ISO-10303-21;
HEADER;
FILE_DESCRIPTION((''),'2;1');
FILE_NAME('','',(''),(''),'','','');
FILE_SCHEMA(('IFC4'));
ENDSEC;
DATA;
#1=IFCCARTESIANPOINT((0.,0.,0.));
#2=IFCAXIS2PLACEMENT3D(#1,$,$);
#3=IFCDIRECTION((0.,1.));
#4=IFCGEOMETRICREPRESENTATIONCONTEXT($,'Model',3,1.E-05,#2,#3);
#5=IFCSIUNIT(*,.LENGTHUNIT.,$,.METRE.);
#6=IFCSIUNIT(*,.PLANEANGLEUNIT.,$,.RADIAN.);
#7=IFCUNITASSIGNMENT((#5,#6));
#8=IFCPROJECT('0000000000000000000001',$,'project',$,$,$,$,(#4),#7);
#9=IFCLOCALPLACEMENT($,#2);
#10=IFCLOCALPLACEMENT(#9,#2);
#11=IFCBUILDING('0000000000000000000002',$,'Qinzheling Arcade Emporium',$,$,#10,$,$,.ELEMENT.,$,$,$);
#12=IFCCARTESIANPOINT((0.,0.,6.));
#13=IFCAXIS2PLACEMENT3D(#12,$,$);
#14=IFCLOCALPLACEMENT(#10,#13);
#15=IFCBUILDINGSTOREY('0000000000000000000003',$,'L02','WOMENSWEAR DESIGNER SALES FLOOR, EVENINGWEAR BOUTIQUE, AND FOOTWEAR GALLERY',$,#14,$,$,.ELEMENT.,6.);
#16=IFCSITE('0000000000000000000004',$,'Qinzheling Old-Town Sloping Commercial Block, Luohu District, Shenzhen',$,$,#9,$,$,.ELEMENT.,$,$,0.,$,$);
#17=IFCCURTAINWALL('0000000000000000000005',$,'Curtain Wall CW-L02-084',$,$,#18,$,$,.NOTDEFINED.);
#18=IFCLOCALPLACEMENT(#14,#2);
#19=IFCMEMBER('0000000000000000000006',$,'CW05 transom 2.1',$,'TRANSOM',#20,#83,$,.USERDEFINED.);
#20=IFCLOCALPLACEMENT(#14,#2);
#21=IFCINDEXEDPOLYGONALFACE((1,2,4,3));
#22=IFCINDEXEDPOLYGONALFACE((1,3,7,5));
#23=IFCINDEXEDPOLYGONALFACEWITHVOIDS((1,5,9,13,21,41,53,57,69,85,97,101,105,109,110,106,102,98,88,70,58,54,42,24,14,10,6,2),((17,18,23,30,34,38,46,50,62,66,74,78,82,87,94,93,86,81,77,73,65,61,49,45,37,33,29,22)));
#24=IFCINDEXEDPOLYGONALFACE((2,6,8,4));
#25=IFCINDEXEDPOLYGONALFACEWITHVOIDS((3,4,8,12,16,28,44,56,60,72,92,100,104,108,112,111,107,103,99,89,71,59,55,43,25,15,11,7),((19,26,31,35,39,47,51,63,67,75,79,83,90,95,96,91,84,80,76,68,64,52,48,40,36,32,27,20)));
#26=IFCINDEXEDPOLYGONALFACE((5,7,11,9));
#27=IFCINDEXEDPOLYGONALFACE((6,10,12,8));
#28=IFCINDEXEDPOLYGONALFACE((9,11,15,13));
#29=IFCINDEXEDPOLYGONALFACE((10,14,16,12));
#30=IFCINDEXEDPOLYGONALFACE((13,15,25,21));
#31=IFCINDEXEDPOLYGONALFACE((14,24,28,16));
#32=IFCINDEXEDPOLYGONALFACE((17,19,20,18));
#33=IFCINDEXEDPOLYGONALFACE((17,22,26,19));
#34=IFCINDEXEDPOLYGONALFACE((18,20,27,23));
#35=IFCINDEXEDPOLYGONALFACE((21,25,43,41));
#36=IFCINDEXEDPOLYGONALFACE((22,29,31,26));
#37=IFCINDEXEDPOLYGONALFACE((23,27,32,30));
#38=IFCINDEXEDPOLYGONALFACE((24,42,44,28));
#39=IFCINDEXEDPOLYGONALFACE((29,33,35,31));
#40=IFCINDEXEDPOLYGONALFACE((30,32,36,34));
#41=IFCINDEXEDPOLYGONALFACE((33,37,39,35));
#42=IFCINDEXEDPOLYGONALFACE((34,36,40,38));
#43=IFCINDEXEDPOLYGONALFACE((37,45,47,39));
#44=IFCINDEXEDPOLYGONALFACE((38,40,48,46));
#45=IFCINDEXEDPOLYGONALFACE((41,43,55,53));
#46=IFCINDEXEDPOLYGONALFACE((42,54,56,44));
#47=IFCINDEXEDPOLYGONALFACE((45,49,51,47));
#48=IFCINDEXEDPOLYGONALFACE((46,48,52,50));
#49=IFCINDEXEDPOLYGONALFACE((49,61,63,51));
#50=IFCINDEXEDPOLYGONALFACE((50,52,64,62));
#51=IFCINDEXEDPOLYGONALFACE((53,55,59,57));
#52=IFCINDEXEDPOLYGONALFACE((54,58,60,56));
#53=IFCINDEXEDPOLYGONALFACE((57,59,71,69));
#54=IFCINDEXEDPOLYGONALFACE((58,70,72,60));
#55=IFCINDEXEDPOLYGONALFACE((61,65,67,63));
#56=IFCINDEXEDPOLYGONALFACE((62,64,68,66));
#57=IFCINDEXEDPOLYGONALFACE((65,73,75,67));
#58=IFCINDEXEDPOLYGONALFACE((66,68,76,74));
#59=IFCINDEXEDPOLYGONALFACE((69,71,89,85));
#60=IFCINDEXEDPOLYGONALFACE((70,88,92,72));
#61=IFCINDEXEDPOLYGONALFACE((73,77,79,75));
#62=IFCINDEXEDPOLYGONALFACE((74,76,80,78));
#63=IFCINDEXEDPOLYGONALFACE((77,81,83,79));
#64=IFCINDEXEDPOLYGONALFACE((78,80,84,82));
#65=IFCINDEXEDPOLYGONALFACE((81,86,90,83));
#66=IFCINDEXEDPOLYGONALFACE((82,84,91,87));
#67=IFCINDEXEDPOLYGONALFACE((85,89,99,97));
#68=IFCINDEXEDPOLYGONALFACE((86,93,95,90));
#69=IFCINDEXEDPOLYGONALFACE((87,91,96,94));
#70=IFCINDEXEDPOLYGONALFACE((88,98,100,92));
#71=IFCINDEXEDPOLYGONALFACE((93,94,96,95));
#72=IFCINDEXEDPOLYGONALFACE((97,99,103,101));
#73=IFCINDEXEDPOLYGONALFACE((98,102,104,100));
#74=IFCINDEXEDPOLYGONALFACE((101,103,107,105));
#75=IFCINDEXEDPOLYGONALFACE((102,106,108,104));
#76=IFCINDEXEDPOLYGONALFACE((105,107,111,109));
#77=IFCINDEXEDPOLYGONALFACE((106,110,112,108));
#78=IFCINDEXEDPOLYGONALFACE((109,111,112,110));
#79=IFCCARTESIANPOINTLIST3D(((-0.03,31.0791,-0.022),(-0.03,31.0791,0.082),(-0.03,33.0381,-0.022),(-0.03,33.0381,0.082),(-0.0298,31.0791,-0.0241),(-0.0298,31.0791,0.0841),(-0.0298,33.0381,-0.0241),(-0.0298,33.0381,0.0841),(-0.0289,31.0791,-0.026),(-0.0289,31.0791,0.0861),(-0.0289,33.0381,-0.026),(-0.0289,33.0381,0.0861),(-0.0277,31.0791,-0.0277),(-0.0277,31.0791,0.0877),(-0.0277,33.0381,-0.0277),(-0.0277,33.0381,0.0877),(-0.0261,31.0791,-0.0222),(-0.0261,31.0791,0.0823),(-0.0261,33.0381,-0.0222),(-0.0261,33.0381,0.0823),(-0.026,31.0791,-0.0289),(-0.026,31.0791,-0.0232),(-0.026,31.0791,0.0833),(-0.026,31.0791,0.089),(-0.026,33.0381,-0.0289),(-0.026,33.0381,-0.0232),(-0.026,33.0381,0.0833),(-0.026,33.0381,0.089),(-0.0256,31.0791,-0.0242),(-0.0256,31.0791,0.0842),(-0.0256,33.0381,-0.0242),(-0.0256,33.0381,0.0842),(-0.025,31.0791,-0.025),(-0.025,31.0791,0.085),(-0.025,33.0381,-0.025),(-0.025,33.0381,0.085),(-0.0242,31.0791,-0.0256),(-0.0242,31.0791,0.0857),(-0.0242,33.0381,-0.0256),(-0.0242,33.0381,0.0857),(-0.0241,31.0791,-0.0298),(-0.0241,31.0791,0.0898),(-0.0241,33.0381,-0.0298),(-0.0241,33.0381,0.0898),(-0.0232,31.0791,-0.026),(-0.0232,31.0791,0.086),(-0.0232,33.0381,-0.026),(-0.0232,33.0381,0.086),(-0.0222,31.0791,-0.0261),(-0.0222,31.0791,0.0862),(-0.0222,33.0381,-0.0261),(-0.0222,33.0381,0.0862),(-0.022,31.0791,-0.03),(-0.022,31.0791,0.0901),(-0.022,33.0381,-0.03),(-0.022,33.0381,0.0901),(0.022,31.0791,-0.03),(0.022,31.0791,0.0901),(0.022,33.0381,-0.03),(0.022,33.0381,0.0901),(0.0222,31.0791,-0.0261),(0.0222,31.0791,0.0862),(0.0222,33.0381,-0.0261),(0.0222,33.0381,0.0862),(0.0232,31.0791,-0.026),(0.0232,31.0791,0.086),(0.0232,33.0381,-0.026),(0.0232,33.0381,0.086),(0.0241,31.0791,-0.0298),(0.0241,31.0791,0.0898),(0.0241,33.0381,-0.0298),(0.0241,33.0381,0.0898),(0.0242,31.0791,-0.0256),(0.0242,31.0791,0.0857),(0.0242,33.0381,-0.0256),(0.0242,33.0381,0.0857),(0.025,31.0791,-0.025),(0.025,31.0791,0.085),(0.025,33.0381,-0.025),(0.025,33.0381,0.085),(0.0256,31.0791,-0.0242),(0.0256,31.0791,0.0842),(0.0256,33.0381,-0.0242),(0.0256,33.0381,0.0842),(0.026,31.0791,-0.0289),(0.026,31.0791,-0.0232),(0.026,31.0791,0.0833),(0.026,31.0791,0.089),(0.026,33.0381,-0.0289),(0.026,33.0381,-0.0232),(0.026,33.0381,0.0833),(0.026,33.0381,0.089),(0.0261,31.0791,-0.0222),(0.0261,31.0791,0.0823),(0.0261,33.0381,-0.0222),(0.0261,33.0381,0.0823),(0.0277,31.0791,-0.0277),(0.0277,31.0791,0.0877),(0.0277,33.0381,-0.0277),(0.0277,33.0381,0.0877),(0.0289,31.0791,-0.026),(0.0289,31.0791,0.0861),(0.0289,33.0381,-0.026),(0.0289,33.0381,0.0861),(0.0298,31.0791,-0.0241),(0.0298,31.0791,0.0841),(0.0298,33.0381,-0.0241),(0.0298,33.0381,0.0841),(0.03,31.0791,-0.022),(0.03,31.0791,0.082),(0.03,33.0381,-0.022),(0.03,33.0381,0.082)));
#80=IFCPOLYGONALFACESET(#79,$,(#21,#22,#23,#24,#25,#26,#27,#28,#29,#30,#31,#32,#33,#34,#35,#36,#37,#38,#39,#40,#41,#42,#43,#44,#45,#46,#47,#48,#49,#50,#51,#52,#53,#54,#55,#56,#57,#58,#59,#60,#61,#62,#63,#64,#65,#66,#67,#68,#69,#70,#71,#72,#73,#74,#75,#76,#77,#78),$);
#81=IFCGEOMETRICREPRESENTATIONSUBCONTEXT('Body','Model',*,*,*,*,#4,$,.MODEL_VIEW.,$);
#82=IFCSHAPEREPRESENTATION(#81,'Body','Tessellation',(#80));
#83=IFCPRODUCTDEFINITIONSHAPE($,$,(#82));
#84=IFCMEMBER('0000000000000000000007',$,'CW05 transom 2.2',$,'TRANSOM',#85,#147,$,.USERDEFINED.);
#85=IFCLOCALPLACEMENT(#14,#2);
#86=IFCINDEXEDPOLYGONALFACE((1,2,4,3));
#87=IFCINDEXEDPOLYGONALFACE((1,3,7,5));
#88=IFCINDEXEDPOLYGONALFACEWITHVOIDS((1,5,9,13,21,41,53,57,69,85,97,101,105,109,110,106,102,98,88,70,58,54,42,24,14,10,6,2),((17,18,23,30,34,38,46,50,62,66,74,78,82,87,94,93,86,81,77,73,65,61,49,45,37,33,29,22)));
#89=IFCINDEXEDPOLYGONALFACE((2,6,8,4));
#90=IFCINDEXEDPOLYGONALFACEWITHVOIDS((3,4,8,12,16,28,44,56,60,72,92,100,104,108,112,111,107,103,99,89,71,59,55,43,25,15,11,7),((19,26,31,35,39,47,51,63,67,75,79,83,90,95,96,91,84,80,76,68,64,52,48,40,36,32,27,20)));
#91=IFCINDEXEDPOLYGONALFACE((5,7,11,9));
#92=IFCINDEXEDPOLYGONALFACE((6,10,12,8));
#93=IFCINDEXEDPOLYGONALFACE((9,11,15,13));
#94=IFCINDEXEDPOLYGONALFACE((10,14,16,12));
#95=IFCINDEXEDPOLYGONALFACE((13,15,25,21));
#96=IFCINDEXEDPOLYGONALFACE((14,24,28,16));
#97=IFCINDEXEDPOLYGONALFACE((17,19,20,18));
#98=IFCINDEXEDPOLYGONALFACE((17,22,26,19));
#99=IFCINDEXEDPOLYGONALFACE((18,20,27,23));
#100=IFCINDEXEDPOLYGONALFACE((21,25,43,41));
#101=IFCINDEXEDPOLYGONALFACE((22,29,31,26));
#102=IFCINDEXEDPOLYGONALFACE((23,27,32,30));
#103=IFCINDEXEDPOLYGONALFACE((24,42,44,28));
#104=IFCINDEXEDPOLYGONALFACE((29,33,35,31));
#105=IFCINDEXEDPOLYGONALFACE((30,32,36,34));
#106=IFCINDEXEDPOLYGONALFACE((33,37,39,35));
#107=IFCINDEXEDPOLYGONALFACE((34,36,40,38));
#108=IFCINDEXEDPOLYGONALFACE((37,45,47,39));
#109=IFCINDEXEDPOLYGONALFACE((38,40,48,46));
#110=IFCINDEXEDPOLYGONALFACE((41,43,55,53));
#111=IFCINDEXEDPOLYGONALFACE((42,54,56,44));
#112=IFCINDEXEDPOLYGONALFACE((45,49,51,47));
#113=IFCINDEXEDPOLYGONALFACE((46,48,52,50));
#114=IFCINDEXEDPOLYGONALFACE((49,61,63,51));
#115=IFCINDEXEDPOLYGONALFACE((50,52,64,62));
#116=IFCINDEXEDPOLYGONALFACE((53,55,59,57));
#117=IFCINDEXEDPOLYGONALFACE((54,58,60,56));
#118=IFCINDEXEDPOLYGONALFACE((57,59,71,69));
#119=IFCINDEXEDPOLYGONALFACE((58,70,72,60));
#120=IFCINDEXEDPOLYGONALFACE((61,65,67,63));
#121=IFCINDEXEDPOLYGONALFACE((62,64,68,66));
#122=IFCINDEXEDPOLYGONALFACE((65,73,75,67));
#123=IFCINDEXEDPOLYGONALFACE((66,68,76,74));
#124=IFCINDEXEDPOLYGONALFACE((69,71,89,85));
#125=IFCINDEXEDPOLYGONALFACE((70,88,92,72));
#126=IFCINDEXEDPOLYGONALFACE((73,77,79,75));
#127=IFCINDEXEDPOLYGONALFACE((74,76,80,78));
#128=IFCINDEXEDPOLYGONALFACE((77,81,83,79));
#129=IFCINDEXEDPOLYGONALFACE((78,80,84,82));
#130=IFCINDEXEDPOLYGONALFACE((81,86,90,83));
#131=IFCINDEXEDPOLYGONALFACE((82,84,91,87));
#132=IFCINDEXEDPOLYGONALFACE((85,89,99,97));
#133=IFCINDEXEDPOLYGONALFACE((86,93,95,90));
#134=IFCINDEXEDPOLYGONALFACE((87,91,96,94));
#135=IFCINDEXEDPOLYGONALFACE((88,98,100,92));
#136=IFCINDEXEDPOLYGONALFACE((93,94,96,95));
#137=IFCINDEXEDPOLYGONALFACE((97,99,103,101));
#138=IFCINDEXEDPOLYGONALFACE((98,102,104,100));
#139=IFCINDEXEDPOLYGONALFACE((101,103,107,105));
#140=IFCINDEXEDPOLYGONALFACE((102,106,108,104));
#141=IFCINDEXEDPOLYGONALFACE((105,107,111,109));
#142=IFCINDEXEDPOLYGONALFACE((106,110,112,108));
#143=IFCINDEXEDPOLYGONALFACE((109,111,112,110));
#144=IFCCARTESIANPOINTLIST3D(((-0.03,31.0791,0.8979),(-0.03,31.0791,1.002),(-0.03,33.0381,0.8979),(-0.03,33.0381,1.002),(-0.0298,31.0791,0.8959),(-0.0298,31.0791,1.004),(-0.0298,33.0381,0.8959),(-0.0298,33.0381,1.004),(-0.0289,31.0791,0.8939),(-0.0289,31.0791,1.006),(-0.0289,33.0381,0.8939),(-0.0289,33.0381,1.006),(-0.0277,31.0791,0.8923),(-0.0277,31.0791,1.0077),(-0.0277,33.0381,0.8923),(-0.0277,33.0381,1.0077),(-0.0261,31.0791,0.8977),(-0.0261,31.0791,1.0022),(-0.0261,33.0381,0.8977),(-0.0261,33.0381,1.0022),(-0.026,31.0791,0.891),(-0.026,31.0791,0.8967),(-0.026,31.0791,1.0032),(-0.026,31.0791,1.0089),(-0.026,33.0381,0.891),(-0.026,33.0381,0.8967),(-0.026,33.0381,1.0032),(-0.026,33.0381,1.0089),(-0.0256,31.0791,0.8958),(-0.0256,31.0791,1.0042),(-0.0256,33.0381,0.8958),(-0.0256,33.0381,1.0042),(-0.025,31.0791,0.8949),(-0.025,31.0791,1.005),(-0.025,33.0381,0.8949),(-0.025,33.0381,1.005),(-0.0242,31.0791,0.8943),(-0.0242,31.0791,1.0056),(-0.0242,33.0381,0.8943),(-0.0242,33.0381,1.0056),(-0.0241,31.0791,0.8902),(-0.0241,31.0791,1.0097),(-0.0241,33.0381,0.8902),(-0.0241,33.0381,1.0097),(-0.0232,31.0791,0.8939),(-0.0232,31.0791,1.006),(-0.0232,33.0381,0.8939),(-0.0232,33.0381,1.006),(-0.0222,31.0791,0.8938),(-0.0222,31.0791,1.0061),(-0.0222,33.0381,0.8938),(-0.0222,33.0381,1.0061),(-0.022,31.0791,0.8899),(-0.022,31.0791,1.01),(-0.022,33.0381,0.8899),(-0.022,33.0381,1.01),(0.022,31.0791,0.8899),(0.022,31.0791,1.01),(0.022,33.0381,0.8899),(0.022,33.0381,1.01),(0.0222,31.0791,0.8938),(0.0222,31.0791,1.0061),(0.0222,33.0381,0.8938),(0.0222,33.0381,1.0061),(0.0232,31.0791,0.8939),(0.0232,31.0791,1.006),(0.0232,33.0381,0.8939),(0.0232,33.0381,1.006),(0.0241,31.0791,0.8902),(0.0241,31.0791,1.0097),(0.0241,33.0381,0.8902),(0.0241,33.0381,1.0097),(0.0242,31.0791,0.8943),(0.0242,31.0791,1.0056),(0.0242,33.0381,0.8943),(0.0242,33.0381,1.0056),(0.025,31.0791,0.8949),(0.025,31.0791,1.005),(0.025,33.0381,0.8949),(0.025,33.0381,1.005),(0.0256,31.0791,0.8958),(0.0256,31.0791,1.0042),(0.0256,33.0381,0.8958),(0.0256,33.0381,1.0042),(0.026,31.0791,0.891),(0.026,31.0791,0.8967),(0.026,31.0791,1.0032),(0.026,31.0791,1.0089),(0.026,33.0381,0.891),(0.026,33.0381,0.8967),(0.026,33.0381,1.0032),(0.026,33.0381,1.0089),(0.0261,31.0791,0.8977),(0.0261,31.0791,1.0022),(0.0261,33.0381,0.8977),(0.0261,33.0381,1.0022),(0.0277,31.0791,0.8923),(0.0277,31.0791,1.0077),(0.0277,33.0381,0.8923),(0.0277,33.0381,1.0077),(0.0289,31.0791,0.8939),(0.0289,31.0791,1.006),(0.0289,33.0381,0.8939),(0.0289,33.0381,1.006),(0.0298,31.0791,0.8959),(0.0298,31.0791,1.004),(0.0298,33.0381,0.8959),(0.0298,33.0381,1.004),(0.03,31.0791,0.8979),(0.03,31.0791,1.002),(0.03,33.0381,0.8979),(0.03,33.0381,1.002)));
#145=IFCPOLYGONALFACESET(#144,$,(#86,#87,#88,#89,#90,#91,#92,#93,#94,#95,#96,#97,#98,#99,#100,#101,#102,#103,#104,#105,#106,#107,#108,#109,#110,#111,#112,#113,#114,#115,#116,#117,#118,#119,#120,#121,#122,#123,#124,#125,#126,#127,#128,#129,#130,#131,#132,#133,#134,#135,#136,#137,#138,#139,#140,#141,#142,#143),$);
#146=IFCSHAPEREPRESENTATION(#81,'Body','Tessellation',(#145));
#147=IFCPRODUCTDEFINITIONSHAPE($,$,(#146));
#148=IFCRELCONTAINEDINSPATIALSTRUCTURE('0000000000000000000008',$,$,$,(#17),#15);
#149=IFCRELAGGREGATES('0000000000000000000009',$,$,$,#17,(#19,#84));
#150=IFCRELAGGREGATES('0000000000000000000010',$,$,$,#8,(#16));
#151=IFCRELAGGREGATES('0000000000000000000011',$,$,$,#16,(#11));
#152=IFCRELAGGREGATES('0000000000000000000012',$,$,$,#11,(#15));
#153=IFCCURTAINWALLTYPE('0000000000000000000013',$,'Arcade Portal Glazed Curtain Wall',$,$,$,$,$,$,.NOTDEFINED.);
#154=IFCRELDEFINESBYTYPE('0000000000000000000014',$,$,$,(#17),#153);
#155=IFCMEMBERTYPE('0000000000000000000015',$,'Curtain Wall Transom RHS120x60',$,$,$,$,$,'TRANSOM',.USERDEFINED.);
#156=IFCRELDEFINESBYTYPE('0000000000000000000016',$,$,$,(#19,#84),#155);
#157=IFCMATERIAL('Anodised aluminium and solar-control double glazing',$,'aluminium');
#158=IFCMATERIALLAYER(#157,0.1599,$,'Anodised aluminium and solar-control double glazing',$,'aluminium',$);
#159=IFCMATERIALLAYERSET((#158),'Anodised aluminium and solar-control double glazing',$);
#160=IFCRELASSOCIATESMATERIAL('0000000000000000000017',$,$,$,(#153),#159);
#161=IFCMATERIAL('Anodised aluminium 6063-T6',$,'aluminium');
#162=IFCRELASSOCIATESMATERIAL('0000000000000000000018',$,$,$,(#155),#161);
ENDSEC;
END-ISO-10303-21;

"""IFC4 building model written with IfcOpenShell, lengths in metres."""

from ifc_helpers import new_model, si_unit, direction, frame, origin, origin_2d, place, context, subcontext, project, spatial, hollow_rectangle, extrude, material, layer, layer_set, material_profile, profile_set, type_object, element, aggregate, save


model = new_model("IFC4")

# Units and contexts
model_context = context("Model", 3, precision=1e-05, world=origin(), true_north=direction((0.0, 1.0)))
body_context = subcontext(model_context, "Body", "Model", "MODEL_VIEW")
ifc_project = project(units=[si_unit("LENGTHUNIT", "METRE"), si_unit("PLANEANGLEUNIT", "RADIAN")], contexts=[model_context])

# Site, building, storey
site_placement = place(None, origin())
site = spatial("IfcSite", under=ifc_project, at=site_placement, Name="Qinzheling Old-Town Sloping Commercial Block, Luohu District, Shenzhen", CompositionType="ELEMENT", RefElevation=0.0)
building_placement = place(site_placement, origin())
building = spatial("IfcBuilding", under=site, at=building_placement, Name="Qinzheling Arcade Emporium", CompositionType="ELEMENT")
storey_placement = place(building_placement, frame((0.0, 0.0, 6.0)))
storey = spatial("IfcBuildingStorey", under=building, at=storey_placement, Name="L02", Description="WOMENSWEAR DESIGNER SALES FLOOR, EVENINGWEAR BOUTIQUE, AND FOOTWEAR GALLERY", CompositionType="ELEMENT", Elevation=6.0)

# Curtain wall, members
ifc_material_1 = material(Name="Anodised aluminium and solar-control double glazing", Category="aluminium")
ifc_layer_1 = layer(ifc_material_1, 0.1599, Name="Anodised aluminium and solar-control double glazing", Category="aluminium")
ifc_layer_set_1 = layer_set([ifc_layer_1], Name="Anodised aluminium and solar-control double glazing")
curtain_wall_type = type_object("IfcCurtainWallType", Name="Arcade Portal Glazed Curtain Wall", PredefinedType="NOTDEFINED", material=ifc_layer_set_1)
curtain_wall_placement = place(storey_placement, origin())
curtain_wall = element("IfcCurtainWall", 1, at=curtain_wall_placement, inside=storey, type_object=curtain_wall_type, Name="Curtain Wall CW-L02-084", PredefinedType="NOTDEFINED")
ifc_material_2 = material(Name="Anodised aluminium 6063-T6", Category="aluminium")
ifc_material_profile_1 = material_profile(ifc_material_2, hollow_rectangle(XDim=0.0601, YDim=0.1201, WallThickness=0.0039, InnerFilletRadius=0.0039, OuterFilletRadius=0.0081, at=origin_2d()), Name="RHS 120x60x4", Category="aluminium")
ifc_profile_set_1 = profile_set([ifc_material_profile_1], Name="Anodised aluminium 6063-T6")
member_type_1 = type_object("IfcMemberType", Name="Curtain Wall Transom RHS120x60", ElementType="TRANSOM", PredefinedType="USERDEFINED", material=ifc_profile_set_1)
member_1_placement = place(storey_placement, frame((0.0, 31.0791, 0.03), z_axis=(0.0, 1.0, 0.0), x_axis=(-1.0, 0.0, 0.0)))
member_1 = element("IfcMember", 2, at=member_1_placement, type_object=member_type_1, Name="CW05 transom 2.1", ObjectType="TRANSOM", PredefinedType="USERDEFINED", context=body_context, shape_type="SweptSolid", body=[
    extrude(hollow_rectangle(XDim=0.0601, YDim=0.1201, WallThickness=0.0039, InnerFilletRadius=0.0039, OuterFilletRadius=0.0081, at=origin_2d()), origin(), (0.0, 0.0, 1.0), 1.959),
])
member_2_placement = place(storey_placement, frame((0.0, 31.0791, 0.95), z_axis=(0.0, 1.0, 0.0), x_axis=(-1.0, 0.0, 0.0)))
member_2 = element("IfcMember", 3, at=member_2_placement, type_object=member_type_1, Name="CW05 transom 2.2", ObjectType="TRANSOM", PredefinedType="USERDEFINED", context=body_context, shape_type="SweptSolid", body=[
    extrude(hollow_rectangle(XDim=0.0601, YDim=0.1201, WallThickness=0.0039, InnerFilletRadius=0.0039, OuterFilletRadius=0.0081, at=origin_2d()), origin(), (0.0, 0.0, 1.0), 1.959),
])

aggregate(curtain_wall, [member_1, member_2])

save(model, "model.ifc")
